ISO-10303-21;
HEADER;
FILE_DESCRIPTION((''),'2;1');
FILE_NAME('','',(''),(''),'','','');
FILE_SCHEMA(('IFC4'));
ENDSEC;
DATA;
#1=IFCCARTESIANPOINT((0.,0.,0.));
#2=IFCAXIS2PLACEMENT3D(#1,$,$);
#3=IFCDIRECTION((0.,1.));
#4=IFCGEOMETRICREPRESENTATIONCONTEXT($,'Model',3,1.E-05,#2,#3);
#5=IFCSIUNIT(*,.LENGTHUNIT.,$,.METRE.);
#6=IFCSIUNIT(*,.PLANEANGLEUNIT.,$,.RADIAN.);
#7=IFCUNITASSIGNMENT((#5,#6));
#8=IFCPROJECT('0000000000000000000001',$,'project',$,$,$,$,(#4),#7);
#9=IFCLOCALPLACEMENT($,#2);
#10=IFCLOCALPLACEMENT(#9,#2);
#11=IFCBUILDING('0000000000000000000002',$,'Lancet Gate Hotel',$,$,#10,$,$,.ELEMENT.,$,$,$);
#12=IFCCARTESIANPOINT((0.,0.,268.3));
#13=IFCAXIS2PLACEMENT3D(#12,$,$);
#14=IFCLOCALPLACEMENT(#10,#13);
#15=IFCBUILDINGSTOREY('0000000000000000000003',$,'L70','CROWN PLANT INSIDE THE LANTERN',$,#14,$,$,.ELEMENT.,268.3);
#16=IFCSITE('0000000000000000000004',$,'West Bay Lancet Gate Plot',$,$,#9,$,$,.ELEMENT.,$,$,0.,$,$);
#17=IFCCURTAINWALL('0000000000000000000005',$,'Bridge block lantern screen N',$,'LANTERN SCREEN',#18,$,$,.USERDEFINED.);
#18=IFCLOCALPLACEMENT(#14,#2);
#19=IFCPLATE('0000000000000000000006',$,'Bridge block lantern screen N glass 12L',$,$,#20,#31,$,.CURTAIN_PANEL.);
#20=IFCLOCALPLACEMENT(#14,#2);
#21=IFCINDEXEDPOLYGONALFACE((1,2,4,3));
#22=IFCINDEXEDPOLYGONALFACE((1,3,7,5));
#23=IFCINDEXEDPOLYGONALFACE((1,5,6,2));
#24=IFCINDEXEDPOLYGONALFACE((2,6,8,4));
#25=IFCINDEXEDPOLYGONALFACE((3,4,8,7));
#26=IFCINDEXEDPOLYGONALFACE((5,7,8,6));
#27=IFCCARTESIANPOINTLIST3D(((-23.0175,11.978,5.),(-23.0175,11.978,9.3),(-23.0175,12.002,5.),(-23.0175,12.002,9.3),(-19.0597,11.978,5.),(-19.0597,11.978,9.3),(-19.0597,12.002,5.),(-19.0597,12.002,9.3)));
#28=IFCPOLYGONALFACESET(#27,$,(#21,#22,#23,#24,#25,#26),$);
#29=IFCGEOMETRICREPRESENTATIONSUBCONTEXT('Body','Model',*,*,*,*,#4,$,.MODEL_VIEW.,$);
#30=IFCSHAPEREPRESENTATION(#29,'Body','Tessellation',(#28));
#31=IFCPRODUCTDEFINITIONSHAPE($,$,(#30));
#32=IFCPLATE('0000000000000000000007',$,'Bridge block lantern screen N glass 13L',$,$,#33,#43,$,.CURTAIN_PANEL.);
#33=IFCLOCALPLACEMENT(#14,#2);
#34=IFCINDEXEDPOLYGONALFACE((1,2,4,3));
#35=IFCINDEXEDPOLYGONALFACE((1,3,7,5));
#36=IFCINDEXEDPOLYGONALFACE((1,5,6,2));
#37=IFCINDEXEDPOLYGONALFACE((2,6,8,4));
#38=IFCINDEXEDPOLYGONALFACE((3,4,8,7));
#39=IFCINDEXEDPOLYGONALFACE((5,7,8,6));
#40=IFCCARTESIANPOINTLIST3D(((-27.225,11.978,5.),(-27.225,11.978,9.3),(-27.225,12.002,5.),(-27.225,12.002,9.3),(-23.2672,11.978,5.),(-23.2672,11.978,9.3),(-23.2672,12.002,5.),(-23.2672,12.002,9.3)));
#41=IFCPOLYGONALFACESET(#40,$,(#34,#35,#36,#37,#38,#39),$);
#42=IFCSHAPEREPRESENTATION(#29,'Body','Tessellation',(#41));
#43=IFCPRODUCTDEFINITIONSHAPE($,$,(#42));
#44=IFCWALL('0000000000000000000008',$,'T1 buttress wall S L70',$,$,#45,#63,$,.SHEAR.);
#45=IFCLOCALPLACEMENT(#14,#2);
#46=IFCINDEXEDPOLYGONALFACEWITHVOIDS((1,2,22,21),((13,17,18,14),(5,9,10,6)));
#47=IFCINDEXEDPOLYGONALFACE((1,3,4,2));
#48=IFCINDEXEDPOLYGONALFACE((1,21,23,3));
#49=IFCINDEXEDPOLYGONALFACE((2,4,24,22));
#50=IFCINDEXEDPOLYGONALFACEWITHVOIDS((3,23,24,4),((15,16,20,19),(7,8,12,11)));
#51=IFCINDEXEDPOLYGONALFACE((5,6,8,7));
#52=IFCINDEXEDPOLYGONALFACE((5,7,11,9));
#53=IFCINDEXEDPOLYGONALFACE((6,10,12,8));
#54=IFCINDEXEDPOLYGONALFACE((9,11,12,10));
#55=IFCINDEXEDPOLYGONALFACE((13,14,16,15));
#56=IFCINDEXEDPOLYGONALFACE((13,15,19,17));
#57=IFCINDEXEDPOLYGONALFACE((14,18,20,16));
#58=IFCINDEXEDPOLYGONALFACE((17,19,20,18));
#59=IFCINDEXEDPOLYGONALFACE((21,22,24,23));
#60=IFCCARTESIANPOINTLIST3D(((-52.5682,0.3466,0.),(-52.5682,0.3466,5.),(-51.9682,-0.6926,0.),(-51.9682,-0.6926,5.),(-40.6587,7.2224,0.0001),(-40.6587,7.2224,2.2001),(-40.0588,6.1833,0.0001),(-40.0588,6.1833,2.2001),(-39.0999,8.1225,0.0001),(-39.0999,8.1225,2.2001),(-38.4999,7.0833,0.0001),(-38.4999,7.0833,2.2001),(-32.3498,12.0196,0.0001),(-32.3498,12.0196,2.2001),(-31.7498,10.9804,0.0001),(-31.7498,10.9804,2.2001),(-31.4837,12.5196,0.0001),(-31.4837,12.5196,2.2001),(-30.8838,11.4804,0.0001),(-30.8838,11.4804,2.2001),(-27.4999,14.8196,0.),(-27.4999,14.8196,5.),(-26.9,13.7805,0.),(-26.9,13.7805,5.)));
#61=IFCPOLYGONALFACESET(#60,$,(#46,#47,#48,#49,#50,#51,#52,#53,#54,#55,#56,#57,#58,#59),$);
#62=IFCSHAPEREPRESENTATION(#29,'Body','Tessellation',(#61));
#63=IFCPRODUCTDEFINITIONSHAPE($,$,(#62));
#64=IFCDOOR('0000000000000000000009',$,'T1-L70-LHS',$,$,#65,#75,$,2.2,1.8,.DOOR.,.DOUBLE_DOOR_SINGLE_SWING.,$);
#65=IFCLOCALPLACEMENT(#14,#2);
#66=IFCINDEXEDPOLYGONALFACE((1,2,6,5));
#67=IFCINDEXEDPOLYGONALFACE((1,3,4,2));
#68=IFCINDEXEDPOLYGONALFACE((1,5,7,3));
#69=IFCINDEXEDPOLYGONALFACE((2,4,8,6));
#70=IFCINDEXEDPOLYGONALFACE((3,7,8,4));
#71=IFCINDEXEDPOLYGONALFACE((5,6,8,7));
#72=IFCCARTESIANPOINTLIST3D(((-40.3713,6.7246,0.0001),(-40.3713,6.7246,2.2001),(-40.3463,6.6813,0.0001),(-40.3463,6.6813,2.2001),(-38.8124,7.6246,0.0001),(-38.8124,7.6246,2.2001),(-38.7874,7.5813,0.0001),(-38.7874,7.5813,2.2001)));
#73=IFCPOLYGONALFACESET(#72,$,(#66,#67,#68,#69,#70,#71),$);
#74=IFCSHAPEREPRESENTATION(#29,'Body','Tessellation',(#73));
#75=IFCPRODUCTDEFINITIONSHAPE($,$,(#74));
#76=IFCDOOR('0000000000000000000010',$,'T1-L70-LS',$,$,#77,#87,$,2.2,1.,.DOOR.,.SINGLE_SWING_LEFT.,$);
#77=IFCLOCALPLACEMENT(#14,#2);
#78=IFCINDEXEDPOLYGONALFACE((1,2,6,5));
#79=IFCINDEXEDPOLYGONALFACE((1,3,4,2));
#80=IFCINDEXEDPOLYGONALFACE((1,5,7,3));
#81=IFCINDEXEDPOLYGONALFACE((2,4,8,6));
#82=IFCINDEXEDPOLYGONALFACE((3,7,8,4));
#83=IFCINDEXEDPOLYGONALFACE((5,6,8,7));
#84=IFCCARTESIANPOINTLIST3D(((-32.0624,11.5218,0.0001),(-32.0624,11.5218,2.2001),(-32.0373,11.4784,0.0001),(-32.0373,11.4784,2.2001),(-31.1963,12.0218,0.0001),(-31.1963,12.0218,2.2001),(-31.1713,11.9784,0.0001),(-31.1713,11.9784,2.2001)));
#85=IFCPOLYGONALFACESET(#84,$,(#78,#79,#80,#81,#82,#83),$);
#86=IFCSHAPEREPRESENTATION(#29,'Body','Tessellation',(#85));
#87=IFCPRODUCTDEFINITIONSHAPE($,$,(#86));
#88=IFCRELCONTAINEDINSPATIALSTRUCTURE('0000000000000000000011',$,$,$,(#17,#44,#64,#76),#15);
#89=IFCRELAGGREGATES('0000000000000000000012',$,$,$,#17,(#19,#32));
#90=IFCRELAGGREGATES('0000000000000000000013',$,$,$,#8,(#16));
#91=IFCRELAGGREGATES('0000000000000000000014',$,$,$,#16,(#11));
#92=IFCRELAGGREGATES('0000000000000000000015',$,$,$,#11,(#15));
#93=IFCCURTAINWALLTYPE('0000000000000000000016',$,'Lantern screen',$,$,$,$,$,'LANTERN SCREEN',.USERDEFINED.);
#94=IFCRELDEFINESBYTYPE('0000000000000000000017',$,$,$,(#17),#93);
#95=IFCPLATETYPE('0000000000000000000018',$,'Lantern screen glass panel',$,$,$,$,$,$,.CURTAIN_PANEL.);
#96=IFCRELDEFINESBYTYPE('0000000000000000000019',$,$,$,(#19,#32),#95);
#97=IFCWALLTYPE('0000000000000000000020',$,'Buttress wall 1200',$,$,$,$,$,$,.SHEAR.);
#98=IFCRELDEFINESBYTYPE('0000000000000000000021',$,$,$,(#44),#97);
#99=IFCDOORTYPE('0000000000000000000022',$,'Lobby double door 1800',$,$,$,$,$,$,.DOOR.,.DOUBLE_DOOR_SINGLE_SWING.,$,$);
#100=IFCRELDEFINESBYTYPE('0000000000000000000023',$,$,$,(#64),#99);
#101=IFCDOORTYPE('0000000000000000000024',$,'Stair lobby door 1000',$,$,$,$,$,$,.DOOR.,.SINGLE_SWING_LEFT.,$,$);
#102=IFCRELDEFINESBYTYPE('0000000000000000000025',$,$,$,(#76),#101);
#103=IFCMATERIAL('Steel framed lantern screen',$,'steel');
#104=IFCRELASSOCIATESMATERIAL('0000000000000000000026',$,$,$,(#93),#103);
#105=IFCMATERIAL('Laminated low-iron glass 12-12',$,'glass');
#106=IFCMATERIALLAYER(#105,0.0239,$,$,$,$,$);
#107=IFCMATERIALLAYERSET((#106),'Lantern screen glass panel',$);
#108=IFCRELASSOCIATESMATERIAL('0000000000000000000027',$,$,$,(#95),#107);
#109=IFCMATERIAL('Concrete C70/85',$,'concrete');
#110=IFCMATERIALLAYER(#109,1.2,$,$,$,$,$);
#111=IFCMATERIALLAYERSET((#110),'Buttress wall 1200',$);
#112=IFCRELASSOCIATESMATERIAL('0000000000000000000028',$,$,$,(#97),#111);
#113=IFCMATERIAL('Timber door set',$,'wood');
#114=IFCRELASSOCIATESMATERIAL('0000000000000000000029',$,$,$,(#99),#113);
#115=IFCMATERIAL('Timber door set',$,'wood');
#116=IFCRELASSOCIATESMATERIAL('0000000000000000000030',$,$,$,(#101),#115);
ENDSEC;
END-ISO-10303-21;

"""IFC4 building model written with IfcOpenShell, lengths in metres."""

from ifc_helpers import new_model, si_unit, direction, frame, frame_2d, origin, origin_2d, place, context, subcontext, project, spatial, rectangle, extrude, material, layer, layer_set, type_object, element, fill, aggregate, save


model = new_model("IFC4")

# Units and contexts
model_context = context("Model", 3, precision=1e-05, world=origin(), true_north=direction((0.0, 1.0)))
body_context = subcontext(model_context, "Body", "Model", "MODEL_VIEW")
ifc_project = project(units=[si_unit("LENGTHUNIT", "METRE"), si_unit("PLANEANGLEUNIT", "RADIAN")], contexts=[model_context])

# Site, building, storey
site_placement = place(None, origin())
site = spatial("IfcSite", under=ifc_project, at=site_placement, Name="West Bay Lancet Gate Plot", CompositionType="ELEMENT", RefElevation=0.0)
building_placement = place(site_placement, origin())
building = spatial("IfcBuilding", under=site, at=building_placement, Name="Lancet Gate Hotel", CompositionType="ELEMENT")
storey_placement = place(building_placement, frame((0.0, 0.0, 268.3)))
storey = spatial("IfcBuildingStorey", under=building, at=storey_placement, Name="L70", Description="CROWN PLANT INSIDE THE LANTERN", CompositionType="ELEMENT", Elevation=268.3)

# Curtain wall
ifc_material_1 = material(Name="Steel framed lantern screen", Category="steel")
curtain_wall_type_1 = type_object("IfcCurtainWallType", Name="Lantern screen", ElementType="LANTERN SCREEN", PredefinedType="USERDEFINED", material=ifc_material_1)
curtain_wall_1_placement = place(storey_placement, origin())
curtain_wall_1 = element("IfcCurtainWall", 1, at=curtain_wall_1_placement, inside=storey, type_object=curtain_wall_type_1, Name="Bridge block lantern screen N", ObjectType="LANTERN SCREEN", PredefinedType="USERDEFINED")

# Plates
ifc_material_2 = material(Name="Laminated low-iron glass 12-12", Category="glass")
ifc_layer_1 = layer(ifc_material_2, 0.0239)
ifc_layer_set_1 = layer_set([ifc_layer_1], Name="Lantern screen glass panel")
plate_type_1 = type_object("IfcPlateType", Name="Lantern screen glass panel", PredefinedType="CURTAIN_PANEL", material=ifc_layer_set_1)
plate_1_placement = place(storey_placement, frame((-21.0386, 11.99, 5.0), z_axis=(0.0, 0.0, 1.0), x_axis=(-1.0, 0.0, 0.0)))
plate_1 = element("IfcPlate", 2, at=plate_1_placement, type_object=plate_type_1, Name="Bridge block lantern screen N glass 12L", PredefinedType="CURTAIN_PANEL", context=body_context, shape_type="SweptSolid", body=[
    extrude(rectangle(XDim=3.9578, YDim=0.0239, at=origin_2d()), origin(), (0.0, 0.0, 1.0), 4.3),
])
plate_2_placement = place(storey_placement, frame((-25.2461, 11.99, 5.0), z_axis=(0.0, 0.0, 1.0), x_axis=(-1.0, 0.0, 0.0)))
plate_2 = element("IfcPlate", 3, at=plate_2_placement, type_object=plate_type_1, Name="Bridge block lantern screen N glass 13L", PredefinedType="CURTAIN_PANEL", context=body_context, shape_type="SweptSolid", body=[
    extrude(rectangle(XDim=3.9578, YDim=0.0239, at=origin_2d()), origin(), (0.0, 0.0, 1.0), 4.3),
])
aggregate(curtain_wall_1, [plate_1, plate_2])

# Wall, openings, doors
ifc_material_3 = material(Name="Concrete C70/85", Category="concrete")
ifc_layer_2 = layer(ifc_material_3, 1.2)
ifc_layer_set_2 = layer_set([ifc_layer_2], Name="Buttress wall 1200")
wall_type_1 = type_object("IfcWallType", Name="Buttress wall 1200", PredefinedType="SHEAR", material=ifc_layer_set_2)
wall_1_placement = place(storey_placement, frame((-27.2, 14.3, 0.0), z_axis=(0.0, 0.0, 1.0), x_axis=(-0.866027, -0.499998, 0.0)))
wall_1 = element("IfcWall", 4, at=wall_1_placement, inside=storey, type_object=wall_type_1, Name="T1 buttress wall S L70", PredefinedType="SHEAR", context=body_context, shape_type="SweptSolid", body=[
    extrude(rectangle(XDim=28.9463, YDim=1.2, at=frame_2d((14.4731, 0.0))), origin(), (0.0, 0.0, 1.0), 5.0),
])
opening_1_placement = place(wall_1_placement, frame((4.6001, 0.0, 0.0)))
opening_1 = element("IfcOpeningElement", 5, at=opening_1_placement, cuts=wall_1, PredefinedType="OPENING", context=body_context, shape_type="SweptSolid", body=[
    extrude(rectangle(XDim=1.0, YDim=2.2, at=frame_2d((0.5, 1.1001))), frame((0.0, 0.6099, 0.0), z_axis=(0.0, -1.0, 0.0), x_axis=(1.0, 0.0, 0.0)), (0.0, 0.0, 1.0), 1.22),
])
opening_2_placement = place(wall_1_placement, frame((13.3945, 0.0, 0.0)))
opening_2 = element("IfcOpeningElement", 6, at=opening_2_placement, cuts=wall_1, PredefinedType="OPENING", context=body_context, shape_type="SweptSolid", body=[
    extrude(rectangle(XDim=1.8, YDim=2.2, at=frame_2d((0.8999, 1.1001))), frame((0.0, 0.6099, 0.0), z_axis=(0.0, -1.0, 0.0), x_axis=(1.0, 0.0, 0.0)), (0.0, 0.0, 1.0), 1.22),
])
ifc_material_4 = material(Name="Timber door set", Category="wood")
door_type_1 = type_object("IfcDoorType", Name="Lobby double door 1800", OperationType="DOUBLE_DOOR_SINGLE_SWING", PredefinedType="DOOR", material=ifc_material_4)
door_1_placement = place(opening_2_placement, origin())
door_1 = element("IfcDoor", 7, at=door_1_placement, inside=storey, type_object=door_type_1, Name="T1-L70-LHS", OperationType="DOUBLE_DOOR_SINGLE_SWING", OverallHeight=2.2, OverallWidth=1.8, PredefinedType="DOOR", context=body_context, shape_type="SweptSolid", body=[
    extrude(rectangle(XDim=1.8, YDim=2.2, at=frame_2d((0.8999, 1.1001))), frame((0.0, 0.0249, 0.0), z_axis=(0.0, -1.0, 0.0), x_axis=(1.0, 0.0, 0.0)), (0.0, 0.0, 1.0), 0.05),
])
fill(opening_2, door_1)
ifc_material_5 = material(Name="Timber door set", Category="wood")
door_type_2 = type_object("IfcDoorType", Name="Stair lobby door 1000", OperationType="SINGLE_SWING_LEFT", PredefinedType="DOOR", material=ifc_material_5)
door_2_placement = place(opening_1_placement, origin())
door_2 = element("IfcDoor", 8, at=door_2_placement, inside=storey, type_object=door_type_2, Name="T1-L70-LS", OperationType="SINGLE_SWING_LEFT", OverallHeight=2.2, OverallWidth=1.0, PredefinedType="DOOR", context=body_context, shape_type="SweptSolid", body=[
    extrude(rectangle(XDim=1.0, YDim=2.2, at=frame_2d((0.5, 1.1001))), frame((0.0, 0.0249, 0.0), z_axis=(0.0, -1.0, 0.0), x_axis=(1.0, 0.0, 0.0)), (0.0, 0.0, 1.0), 0.05),
])
fill(opening_1, door_2)

save(model, "model.ifc")
